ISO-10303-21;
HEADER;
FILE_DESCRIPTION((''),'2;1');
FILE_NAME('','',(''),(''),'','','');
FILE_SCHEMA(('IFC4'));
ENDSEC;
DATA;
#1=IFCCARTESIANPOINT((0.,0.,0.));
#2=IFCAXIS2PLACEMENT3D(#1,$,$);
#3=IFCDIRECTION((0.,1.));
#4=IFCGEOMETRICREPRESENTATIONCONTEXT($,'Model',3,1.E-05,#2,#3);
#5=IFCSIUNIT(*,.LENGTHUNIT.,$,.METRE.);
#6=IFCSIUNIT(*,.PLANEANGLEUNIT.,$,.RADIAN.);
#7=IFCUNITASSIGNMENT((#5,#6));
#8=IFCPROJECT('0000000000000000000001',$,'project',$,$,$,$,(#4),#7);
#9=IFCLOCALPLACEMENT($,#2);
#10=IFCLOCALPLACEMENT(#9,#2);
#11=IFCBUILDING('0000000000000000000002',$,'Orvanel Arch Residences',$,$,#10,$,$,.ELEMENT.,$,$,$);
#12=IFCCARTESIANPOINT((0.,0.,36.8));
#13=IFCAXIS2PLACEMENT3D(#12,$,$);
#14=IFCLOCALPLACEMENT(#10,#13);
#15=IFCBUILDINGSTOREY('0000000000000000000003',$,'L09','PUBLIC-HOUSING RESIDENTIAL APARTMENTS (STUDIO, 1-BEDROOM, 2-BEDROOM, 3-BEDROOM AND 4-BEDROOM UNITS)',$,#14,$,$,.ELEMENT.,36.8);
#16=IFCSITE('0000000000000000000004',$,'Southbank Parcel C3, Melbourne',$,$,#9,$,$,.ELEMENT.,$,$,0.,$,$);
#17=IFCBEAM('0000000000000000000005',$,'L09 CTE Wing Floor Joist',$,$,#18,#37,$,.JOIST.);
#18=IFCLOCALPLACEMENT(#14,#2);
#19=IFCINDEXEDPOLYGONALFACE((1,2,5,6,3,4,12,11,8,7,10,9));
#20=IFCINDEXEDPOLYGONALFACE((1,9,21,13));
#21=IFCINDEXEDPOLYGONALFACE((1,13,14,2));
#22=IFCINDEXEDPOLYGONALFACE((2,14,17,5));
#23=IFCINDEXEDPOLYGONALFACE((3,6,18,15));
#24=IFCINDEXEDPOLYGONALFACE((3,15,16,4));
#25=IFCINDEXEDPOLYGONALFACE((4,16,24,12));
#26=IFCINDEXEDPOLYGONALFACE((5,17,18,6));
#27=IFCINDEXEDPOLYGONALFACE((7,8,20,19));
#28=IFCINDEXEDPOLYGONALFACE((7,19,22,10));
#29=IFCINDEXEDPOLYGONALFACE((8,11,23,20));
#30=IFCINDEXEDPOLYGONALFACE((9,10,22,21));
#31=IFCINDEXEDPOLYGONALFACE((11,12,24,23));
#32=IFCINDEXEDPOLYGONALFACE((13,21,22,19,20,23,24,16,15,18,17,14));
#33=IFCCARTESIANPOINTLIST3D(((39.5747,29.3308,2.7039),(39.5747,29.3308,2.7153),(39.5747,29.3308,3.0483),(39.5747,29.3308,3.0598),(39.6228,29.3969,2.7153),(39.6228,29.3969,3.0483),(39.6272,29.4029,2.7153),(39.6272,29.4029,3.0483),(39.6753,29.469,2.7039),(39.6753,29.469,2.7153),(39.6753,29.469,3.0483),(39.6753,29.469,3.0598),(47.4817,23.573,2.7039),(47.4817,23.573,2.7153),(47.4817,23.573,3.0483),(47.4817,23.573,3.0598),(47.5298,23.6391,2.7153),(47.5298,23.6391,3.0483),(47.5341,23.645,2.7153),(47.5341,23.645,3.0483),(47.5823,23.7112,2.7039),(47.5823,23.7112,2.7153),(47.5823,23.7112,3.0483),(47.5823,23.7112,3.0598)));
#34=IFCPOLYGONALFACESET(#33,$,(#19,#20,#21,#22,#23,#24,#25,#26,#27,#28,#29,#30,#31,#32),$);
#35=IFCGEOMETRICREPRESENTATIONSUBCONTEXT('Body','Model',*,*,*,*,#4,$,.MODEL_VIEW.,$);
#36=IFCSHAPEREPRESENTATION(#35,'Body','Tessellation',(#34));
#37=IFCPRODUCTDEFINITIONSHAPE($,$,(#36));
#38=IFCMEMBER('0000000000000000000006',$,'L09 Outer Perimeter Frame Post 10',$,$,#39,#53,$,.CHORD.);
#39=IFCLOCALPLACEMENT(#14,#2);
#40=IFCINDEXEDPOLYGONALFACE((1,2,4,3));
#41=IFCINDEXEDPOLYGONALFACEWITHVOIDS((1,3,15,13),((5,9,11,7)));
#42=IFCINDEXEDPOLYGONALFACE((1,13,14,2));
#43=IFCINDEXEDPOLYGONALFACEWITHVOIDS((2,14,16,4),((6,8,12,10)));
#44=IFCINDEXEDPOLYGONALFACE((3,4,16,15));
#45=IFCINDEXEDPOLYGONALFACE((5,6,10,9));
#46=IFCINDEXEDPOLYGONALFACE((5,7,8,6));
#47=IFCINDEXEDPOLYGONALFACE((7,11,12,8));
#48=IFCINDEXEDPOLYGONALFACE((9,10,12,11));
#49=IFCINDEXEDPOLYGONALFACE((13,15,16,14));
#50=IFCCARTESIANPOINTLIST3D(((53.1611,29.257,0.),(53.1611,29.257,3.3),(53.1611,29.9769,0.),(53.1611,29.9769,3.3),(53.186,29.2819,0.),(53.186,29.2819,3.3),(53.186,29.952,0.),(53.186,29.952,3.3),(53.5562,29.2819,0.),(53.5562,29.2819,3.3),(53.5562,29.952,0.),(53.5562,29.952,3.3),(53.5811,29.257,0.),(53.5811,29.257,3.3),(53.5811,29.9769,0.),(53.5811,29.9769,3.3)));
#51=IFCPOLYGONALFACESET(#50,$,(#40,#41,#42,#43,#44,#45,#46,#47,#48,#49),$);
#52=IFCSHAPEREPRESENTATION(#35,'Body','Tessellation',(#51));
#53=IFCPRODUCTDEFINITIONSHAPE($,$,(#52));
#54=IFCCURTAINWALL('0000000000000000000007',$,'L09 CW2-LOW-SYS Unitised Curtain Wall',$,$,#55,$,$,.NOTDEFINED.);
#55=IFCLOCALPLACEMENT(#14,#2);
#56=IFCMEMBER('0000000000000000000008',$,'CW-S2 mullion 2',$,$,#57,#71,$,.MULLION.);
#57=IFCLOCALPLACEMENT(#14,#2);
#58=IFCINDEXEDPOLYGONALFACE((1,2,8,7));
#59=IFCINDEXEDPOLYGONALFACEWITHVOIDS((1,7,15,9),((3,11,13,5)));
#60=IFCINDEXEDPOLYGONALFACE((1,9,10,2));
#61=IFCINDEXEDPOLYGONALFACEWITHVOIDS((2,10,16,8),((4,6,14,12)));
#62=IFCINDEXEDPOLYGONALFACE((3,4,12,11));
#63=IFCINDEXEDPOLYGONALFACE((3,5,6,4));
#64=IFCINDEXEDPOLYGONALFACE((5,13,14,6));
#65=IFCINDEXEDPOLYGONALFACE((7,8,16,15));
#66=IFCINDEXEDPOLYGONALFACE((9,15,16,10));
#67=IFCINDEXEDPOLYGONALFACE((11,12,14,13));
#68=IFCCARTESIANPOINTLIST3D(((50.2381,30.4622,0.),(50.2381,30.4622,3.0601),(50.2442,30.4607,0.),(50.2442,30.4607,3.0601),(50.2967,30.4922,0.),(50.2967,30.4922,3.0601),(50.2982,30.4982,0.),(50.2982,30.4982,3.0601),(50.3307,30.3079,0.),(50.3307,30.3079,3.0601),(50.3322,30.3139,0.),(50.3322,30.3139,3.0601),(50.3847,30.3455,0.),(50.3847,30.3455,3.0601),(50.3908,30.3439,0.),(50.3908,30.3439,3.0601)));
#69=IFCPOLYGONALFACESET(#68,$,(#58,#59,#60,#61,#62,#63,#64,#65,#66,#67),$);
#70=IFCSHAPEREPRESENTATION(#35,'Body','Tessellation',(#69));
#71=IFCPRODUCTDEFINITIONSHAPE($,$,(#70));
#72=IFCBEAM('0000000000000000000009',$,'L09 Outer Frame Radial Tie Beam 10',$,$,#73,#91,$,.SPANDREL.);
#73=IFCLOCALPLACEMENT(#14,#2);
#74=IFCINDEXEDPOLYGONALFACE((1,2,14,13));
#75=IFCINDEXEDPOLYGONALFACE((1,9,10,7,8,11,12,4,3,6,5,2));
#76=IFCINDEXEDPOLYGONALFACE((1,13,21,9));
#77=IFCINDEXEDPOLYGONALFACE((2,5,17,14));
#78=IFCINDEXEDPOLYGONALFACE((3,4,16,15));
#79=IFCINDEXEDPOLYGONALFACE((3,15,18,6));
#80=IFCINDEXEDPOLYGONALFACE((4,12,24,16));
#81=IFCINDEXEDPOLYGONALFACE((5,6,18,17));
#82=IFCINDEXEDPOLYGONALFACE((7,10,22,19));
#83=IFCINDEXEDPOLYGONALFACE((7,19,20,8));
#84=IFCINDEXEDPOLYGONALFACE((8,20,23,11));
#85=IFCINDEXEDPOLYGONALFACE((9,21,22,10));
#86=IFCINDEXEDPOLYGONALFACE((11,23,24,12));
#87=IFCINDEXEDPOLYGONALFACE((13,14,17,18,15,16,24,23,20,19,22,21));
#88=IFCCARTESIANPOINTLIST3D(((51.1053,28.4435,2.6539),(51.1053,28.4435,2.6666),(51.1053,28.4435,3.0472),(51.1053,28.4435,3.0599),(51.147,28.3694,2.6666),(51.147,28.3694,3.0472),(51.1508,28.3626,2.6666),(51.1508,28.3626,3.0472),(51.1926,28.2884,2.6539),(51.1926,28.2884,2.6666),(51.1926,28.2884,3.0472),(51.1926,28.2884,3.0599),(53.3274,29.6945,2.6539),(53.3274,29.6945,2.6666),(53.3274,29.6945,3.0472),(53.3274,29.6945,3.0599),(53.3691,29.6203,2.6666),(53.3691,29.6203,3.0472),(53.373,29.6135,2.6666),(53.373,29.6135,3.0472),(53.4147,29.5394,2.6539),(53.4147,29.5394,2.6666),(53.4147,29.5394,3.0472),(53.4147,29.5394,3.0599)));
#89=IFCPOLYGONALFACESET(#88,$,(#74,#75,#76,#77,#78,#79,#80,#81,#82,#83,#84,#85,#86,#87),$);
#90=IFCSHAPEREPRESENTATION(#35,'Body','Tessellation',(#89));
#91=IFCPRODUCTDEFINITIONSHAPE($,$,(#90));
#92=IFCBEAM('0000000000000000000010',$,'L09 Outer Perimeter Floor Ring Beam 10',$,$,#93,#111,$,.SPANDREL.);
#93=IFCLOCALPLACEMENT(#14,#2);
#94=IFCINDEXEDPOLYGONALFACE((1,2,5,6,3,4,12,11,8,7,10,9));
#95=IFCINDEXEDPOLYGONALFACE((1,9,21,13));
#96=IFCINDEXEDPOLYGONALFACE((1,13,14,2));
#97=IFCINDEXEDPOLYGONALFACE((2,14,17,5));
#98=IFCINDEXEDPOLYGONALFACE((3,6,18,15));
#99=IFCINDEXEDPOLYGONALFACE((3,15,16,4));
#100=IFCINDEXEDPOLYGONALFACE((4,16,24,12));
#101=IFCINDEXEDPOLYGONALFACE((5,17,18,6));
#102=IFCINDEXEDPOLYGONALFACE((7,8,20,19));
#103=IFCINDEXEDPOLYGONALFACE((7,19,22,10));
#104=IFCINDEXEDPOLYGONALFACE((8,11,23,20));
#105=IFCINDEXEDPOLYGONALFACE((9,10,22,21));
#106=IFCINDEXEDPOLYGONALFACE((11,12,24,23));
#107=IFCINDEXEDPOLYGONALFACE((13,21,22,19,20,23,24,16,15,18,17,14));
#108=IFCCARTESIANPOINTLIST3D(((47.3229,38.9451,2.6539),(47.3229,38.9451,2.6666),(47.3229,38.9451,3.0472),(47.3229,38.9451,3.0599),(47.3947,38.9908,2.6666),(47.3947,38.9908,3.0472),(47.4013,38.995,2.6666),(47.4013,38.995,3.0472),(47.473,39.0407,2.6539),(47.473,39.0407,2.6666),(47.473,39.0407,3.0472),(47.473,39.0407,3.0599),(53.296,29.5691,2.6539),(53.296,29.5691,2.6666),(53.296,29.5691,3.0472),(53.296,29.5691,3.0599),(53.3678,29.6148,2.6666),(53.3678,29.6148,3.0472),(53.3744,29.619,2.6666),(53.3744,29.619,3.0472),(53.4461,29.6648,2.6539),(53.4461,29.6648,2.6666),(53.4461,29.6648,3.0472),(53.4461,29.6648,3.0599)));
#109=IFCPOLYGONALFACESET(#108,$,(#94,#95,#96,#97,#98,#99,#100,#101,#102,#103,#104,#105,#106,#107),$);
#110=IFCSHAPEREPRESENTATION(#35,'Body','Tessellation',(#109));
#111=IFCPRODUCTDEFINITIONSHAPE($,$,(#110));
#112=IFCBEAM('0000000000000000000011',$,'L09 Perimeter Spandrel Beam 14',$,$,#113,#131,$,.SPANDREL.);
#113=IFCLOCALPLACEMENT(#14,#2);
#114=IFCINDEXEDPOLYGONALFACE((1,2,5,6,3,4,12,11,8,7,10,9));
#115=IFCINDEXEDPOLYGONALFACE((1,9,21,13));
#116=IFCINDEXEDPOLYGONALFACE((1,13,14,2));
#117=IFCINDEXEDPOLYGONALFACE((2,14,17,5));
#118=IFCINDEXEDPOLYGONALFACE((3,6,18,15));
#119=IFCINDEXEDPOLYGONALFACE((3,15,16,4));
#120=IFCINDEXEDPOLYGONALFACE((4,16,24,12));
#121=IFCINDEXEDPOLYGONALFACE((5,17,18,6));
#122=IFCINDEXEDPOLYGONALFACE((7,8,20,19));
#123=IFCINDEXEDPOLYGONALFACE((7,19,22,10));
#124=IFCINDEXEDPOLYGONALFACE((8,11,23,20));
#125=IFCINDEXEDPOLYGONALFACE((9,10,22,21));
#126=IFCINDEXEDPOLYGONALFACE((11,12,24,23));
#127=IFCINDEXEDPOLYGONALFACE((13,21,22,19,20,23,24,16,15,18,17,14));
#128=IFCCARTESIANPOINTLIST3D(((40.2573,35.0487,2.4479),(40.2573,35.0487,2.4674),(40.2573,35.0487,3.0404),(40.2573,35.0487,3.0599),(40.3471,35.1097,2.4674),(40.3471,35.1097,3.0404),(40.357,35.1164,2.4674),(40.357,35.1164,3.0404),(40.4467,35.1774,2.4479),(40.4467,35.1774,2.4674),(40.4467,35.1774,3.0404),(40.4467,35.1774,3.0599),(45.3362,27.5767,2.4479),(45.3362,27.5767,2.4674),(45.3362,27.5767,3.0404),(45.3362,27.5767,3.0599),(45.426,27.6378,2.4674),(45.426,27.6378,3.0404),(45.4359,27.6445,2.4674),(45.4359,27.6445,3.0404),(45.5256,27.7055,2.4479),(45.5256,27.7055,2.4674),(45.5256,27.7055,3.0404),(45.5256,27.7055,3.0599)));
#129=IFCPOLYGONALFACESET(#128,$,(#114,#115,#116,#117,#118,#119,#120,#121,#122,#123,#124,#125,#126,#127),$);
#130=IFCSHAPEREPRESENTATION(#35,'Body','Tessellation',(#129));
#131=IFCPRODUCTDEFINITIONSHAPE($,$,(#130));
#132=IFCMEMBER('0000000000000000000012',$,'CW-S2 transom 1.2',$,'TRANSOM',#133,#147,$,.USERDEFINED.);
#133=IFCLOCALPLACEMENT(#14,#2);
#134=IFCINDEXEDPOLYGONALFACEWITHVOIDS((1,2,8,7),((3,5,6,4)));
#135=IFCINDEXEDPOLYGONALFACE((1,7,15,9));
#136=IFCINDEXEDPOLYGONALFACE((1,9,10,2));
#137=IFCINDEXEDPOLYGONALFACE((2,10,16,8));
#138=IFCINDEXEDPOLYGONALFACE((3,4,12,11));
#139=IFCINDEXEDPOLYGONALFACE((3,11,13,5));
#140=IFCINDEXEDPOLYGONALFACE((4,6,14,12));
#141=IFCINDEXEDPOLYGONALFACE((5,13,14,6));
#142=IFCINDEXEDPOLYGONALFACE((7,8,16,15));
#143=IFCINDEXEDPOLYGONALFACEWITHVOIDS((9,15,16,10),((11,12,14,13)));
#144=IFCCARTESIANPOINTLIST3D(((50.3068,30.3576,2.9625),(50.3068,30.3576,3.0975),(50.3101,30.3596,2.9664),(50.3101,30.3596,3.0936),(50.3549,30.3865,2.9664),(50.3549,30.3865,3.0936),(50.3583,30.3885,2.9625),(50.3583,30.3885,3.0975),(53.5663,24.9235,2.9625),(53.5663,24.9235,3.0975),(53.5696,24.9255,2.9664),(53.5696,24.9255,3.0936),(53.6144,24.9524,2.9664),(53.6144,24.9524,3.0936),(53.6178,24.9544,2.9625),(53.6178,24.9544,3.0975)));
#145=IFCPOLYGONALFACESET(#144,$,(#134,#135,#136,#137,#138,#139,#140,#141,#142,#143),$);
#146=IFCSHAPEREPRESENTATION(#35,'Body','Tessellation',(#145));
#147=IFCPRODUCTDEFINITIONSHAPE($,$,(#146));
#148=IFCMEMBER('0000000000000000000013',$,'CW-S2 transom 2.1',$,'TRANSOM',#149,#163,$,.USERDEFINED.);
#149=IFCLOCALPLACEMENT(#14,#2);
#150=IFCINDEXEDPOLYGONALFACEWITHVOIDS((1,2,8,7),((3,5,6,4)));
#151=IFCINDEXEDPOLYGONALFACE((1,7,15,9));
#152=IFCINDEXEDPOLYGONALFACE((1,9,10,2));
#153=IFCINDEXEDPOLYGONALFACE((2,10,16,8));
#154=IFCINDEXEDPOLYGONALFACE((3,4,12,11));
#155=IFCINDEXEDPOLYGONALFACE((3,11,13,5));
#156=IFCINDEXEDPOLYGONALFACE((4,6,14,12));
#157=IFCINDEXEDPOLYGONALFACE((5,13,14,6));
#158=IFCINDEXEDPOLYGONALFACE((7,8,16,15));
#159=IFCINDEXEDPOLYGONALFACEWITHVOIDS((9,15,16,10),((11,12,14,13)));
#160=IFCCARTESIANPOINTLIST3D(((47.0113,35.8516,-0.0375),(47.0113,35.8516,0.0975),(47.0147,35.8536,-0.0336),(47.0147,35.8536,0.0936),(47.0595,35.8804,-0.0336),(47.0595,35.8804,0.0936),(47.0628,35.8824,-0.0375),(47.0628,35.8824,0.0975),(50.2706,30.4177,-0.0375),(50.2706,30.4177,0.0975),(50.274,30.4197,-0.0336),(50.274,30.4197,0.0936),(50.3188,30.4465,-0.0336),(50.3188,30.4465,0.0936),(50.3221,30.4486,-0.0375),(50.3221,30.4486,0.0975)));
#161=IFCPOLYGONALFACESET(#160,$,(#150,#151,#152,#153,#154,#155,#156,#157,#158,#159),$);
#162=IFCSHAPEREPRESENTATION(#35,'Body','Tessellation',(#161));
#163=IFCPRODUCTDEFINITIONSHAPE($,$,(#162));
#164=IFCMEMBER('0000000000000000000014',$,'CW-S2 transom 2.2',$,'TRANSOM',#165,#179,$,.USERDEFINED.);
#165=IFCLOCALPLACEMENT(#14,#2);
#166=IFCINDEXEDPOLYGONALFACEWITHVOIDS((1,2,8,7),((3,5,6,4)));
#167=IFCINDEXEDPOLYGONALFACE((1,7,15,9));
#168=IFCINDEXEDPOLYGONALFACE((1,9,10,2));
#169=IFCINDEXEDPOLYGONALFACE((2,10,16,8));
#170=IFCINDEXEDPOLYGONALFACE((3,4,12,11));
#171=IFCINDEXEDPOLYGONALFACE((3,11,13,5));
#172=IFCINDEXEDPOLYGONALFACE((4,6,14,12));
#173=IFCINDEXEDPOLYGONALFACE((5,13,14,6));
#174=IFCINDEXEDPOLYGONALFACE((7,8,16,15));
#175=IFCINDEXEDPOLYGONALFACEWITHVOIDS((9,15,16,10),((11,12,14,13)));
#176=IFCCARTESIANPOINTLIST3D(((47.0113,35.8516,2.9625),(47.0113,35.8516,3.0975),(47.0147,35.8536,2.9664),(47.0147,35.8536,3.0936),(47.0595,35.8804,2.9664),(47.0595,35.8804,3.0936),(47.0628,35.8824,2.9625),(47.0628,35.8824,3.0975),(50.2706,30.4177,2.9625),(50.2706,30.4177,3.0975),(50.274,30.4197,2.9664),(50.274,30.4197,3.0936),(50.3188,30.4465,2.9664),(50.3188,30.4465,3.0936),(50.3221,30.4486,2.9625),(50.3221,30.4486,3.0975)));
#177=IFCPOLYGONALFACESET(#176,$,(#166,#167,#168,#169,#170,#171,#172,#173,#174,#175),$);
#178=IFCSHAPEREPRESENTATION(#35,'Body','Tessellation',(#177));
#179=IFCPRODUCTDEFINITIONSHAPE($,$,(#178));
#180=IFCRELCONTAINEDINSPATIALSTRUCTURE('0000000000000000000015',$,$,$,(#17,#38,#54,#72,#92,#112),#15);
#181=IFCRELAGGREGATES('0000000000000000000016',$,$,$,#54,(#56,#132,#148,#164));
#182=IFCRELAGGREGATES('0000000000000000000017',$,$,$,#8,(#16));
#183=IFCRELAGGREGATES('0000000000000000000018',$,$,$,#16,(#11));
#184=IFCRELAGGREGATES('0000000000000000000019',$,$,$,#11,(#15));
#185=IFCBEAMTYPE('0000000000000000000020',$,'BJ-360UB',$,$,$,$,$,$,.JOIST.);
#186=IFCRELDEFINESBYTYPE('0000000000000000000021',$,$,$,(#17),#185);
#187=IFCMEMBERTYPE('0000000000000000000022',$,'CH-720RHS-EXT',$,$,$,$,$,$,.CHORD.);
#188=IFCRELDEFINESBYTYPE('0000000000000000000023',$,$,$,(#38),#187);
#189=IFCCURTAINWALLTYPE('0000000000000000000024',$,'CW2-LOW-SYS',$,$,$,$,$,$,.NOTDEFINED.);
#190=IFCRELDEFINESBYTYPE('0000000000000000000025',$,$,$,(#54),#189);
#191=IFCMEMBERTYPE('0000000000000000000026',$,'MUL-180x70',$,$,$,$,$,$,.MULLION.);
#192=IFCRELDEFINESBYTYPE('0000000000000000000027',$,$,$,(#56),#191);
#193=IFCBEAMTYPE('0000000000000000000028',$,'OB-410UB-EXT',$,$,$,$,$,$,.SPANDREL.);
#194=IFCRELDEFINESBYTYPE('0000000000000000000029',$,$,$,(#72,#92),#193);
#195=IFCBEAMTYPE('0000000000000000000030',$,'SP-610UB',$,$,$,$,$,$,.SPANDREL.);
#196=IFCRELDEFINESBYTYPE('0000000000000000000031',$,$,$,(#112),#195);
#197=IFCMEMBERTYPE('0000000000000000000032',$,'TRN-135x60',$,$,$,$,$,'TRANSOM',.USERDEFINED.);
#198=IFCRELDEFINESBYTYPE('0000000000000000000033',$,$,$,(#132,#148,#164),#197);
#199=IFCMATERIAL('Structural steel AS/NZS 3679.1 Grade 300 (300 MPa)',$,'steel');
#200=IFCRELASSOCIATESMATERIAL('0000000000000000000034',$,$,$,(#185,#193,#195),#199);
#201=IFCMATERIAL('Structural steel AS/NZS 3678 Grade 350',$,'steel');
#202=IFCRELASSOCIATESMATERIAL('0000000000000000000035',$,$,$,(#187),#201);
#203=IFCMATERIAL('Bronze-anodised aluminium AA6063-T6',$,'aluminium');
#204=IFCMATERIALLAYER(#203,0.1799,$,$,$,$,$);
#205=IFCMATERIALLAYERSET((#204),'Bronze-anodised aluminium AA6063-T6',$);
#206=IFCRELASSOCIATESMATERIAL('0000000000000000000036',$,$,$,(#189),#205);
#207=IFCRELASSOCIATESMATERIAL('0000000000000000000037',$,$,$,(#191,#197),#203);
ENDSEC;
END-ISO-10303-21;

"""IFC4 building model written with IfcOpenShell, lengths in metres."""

from ifc_helpers import new_model, si_unit, direction, frame, origin, origin_2d, place, context, subcontext, project, spatial, hollow_rectangle, i_section, extrude, material, layer, layer_set, material_profile, profile_set, type_object, element, aggregate, save


model = new_model("IFC4")

# Units and contexts
model_context = context("Model", 3, precision=1e-05, world=origin(), true_north=direction((0.0, 1.0)))
body_context = subcontext(model_context, "Body", "Model", "MODEL_VIEW")
ifc_project = project(units=[si_unit("LENGTHUNIT", "METRE"), si_unit("PLANEANGLEUNIT", "RADIAN")], contexts=[model_context])

# Site, building, storey
site_placement = place(None, origin())
site = spatial("IfcSite", under=ifc_project, at=site_placement, Name="Southbank Parcel C3, Melbourne", CompositionType="ELEMENT", RefElevation=0.0)
building_placement = place(site_placement, origin())
building = spatial("IfcBuilding", under=site, at=building_placement, Name="Orvanel Arch Residences", CompositionType="ELEMENT")
storey_placement = place(building_placement, frame((0.0, 0.0, 36.8)))
storey = spatial("IfcBuildingStorey", under=building, at=storey_placement, Name="L09", Description="PUBLIC-HOUSING RESIDENTIAL APARTMENTS (STUDIO, 1-BEDROOM, 2-BEDROOM, 3-BEDROOM AND 4-BEDROOM UNITS)", CompositionType="ELEMENT", Elevation=36.8)

# Beam
ifc_material_1 = material(Name="Structural steel AS/NZS 3679.1 Grade 300 (300 MPa)", Category="steel")
ifc_material_profile_1 = material_profile(ifc_material_1, i_section(OverallWidth=0.1709, OverallDepth=0.356, WebThickness=0.0073, FlangeThickness=0.0115, at=origin_2d()), Name="360UB50.7")
ifc_profile_set_1 = profile_set([ifc_material_profile_1], Name="Structural steel AS/NZS 3679.1 Grade 300 (300 MPa)")
beam_type_1 = type_object("IfcBeamType", Name="BJ-360UB", PredefinedType="JOIST", material=ifc_profile_set_1)
beam_1_placement = place(storey_placement, frame((39.625, 29.3999, 2.8818), z_axis=(0.808382, -0.588658, 0.0), x_axis=(0.588658, 0.808382, 0.0)))
element("IfcBeam", 1, at=beam_1_placement, inside=storey, type_object=beam_type_1, Name="L09 CTE Wing Floor Joist", PredefinedType="JOIST", context=body_context, shape_type="SweptSolid", body=[
    extrude(i_section(OverallWidth=0.1709, OverallDepth=0.356, WebThickness=0.0073, FlangeThickness=0.0115, at=origin_2d()), origin(), (0.0, 0.0, 1.0), 9.7812),
])

# Member
ifc_material_2 = material(Name="Structural steel AS/NZS 3678 Grade 350", Category="steel")
ifc_material_profile_2 = material_profile(ifc_material_2, hollow_rectangle(XDim=0.4199, YDim=0.72, WallThickness=0.0249, at=origin_2d()), Name="RHS720x420x25")
ifc_profile_set_2 = profile_set([ifc_material_profile_2], Name="Structural steel AS/NZS 3678 Grade 350")
member_type_1 = type_object("IfcMemberType", Name="CH-720RHS-EXT", PredefinedType="CHORD", material=ifc_profile_set_2)
member_1_placement = place(storey_placement, frame((53.3711, 29.6169, 0.0), z_axis=(0.0, 0.0, 1.0), x_axis=(1.0, 0.0, 0.0)))
element("IfcMember", 2, at=member_1_placement, inside=storey, type_object=member_type_1, Name="L09 Outer Perimeter Frame Post 10", PredefinedType="CHORD", context=body_context, shape_type="SweptSolid", body=[
    extrude(hollow_rectangle(XDim=0.4199, YDim=0.72, WallThickness=0.0249, at=origin_2d()), origin(), (0.0, 0.0, 1.0), 3.3),
])

# Curtain wall, member
ifc_material_3 = material(Name="Bronze-anodised aluminium AA6063-T6", Category="aluminium")
ifc_layer_1 = layer(ifc_material_3, 0.1799)
ifc_layer_set_1 = layer_set([ifc_layer_1], Name="Bronze-anodised aluminium AA6063-T6")
curtain_wall_type = type_object("IfcCurtainWallType", Name="CW2-LOW-SYS", PredefinedType="NOTDEFINED", material=ifc_layer_set_1)
curtain_wall_placement = place(storey_placement, origin())
curtain_wall = element("IfcCurtainWall", 3, at=curtain_wall_placement, inside=storey, type_object=curtain_wall_type, Name="L09 CW2-LOW-SYS Unitised Curtain Wall", PredefinedType="NOTDEFINED")
ifc_material_profile_3 = material_profile(ifc_material_3, hollow_rectangle(XDim=0.0701, YDim=0.1799, WallThickness=0.0044, at=origin_2d()), Name="ALU180x70x4.5")
ifc_profile_set_3 = profile_set([ifc_material_profile_3], Name="Bronze-anodised aluminium AA6063-T6")
member_type_2 = type_object("IfcMemberType", Name="MUL-180x70", PredefinedType="MULLION", material=ifc_profile_set_3)
member_2_placement = place(storey_placement, frame((50.3145, 30.4031, 0.0), z_axis=(0.0, 0.0, 1.0), x_axis=(-0.857555, -0.514393, 0.0)))
member_2 = element("IfcMember", 4, at=member_2_placement, type_object=member_type_2, Name="CW-S2 mullion 2", PredefinedType="MULLION", context=body_context, shape_type="SweptSolid", body=[
    extrude(hollow_rectangle(XDim=0.0701, YDim=0.1799, WallThickness=0.0044, at=origin_2d()), origin(), (0.0, 0.0, 1.0), 3.0601),
])

# Beams
ifc_material_profile_4 = material_profile(ifc_material_1, i_section(OverallWidth=0.178, OverallDepth=0.406, WebThickness=0.0078, FlangeThickness=0.0127, at=origin_2d()), Name="410UB59.7")
ifc_profile_set_4 = profile_set([ifc_material_profile_4], Name="Structural steel AS/NZS 3679.1 Grade 300 (300 MPa)")
beam_type_2 = type_object("IfcBeamType", Name="OB-410UB-EXT", PredefinedType="SPANDREL", material=ifc_profile_set_4)
beam_2_placement = place(storey_placement, frame((51.1489, 28.366, 2.8569), z_axis=(0.871407, 0.490561, 0.0), x_axis=(-0.490561, 0.871407, 0.0)))
element("IfcBeam", 5, at=beam_2_placement, inside=storey, type_object=beam_type_2, Name="L09 Outer Frame Radial Tie Beam 10", PredefinedType="SPANDREL", context=body_context, shape_type="SweptSolid", body=[
    extrude(i_section(OverallWidth=0.178, OverallDepth=0.406, WebThickness=0.0078, FlangeThickness=0.0127, at=origin_2d()), origin(), (0.0, 0.0, 1.0), 2.55),
])
beam_3_placement = place(storey_placement, frame((53.3711, 29.6169, 2.8569), z_axis=(-0.537299, 0.843392, 0.0), x_axis=(-0.843392, -0.537299, 0.0)))
element("IfcBeam", 6, at=beam_3_placement, inside=storey, type_object=beam_type_2, Name="L09 Outer Perimeter Floor Ring Beam 10", PredefinedType="SPANDREL", context=body_context, shape_type="SweptSolid", body=[
    extrude(i_section(OverallWidth=0.178, OverallDepth=0.406, WebThickness=0.0078, FlangeThickness=0.0127, at=origin_2d()), origin(), (0.0, 0.0, 1.0), 11.1169),
])
ifc_material_profile_5 = material_profile(ifc_material_1, i_section(OverallWidth=0.229, OverallDepth=0.6121, WebThickness=0.012, FlangeThickness=0.0195, at=origin_2d()), Name="610UB125")
ifc_profile_set_5 = profile_set([ifc_material_profile_5], Name="Structural steel AS/NZS 3679.1 Grade 300 (300 MPa)")
beam_type_3 = type_object("IfcBeamType", Name="SP-610UB", PredefinedType="SPANDREL", material=ifc_profile_set_5)
beam_4_placement = place(storey_placement, frame((45.4309, 27.6411, 2.7539), z_axis=(-0.562155, 0.827032, 0.0), x_axis=(-0.827032, -0.562155, 0.0)))
element("IfcBeam", 7, at=beam_4_placement, inside=storey, type_object=beam_type_3, Name="L09 Perimeter Spandrel Beam 14", PredefinedType="SPANDREL", context=body_context, shape_type="SweptSolid", body=[
    extrude(i_section(OverallWidth=0.229, OverallDepth=0.6121, WebThickness=0.012, FlangeThickness=0.0195, at=origin_2d()), origin(), (0.0, 0.0, 1.0), 9.0347),
])

# Members
ifc_material_profile_6 = material_profile(ifc_material_3, hollow_rectangle(XDim=0.0601, YDim=0.135, WallThickness=0.0039, at=origin_2d()), Name="ALU135x60x4")
ifc_profile_set_6 = profile_set([ifc_material_profile_6], Name="Bronze-anodised aluminium AA6063-T6")
member_type_3 = type_object("IfcMemberType", Name="TRN-135x60", ElementType="TRANSOM", PredefinedType="USERDEFINED", material=ifc_profile_set_6)
member_3_placement = place(storey_placement, frame((53.592, 24.939, 3.03), z_axis=(-0.514388, 0.857558, 0.0), x_axis=(-0.857558, -0.514388, 0.0)))
member_3 = element("IfcMember", 8, at=member_3_placement, type_object=member_type_3, Name="CW-S2 transom 1.2", ObjectType="TRANSOM", PredefinedType="USERDEFINED", context=body_context, shape_type="SweptSolid", body=[
    extrude(hollow_rectangle(XDim=0.0601, YDim=0.135, WallThickness=0.0039, at=origin_2d()), origin(), (0.0, 0.0, 1.0), 6.3367),
])
member_4_placement = place(storey_placement, frame((50.2964, 30.4331, 0.03), z_axis=(-0.514377, 0.857564, 0.0), x_axis=(-0.857564, -0.514377, 0.0)))
member_4 = element("IfcMember", 9, at=member_4_placement, type_object=member_type_3, Name="CW-S2 transom 2.1", ObjectType="TRANSOM", PredefinedType="USERDEFINED", context=body_context, shape_type="SweptSolid", body=[
    extrude(hollow_rectangle(XDim=0.0601, YDim=0.135, WallThickness=0.0039, at=origin_2d()), origin(), (0.0, 0.0, 1.0), 6.3364),
])
member_5_placement = place(storey_placement, frame((50.2964, 30.4331, 3.03), z_axis=(-0.514377, 0.857564, 0.0), x_axis=(-0.857564, -0.514377, 0.0)))
member_5 = element("IfcMember", 10, at=member_5_placement, type_object=member_type_3, Name="CW-S2 transom 2.2", ObjectType="TRANSOM", PredefinedType="USERDEFINED", context=body_context, shape_type="SweptSolid", body=[
    extrude(hollow_rectangle(XDim=0.0601, YDim=0.135, WallThickness=0.0039, at=origin_2d()), origin(), (0.0, 0.0, 1.0), 6.3364),
])

aggregate(curtain_wall, [member_2, member_3, member_4, member_5])

save(model, "model.ifc")
